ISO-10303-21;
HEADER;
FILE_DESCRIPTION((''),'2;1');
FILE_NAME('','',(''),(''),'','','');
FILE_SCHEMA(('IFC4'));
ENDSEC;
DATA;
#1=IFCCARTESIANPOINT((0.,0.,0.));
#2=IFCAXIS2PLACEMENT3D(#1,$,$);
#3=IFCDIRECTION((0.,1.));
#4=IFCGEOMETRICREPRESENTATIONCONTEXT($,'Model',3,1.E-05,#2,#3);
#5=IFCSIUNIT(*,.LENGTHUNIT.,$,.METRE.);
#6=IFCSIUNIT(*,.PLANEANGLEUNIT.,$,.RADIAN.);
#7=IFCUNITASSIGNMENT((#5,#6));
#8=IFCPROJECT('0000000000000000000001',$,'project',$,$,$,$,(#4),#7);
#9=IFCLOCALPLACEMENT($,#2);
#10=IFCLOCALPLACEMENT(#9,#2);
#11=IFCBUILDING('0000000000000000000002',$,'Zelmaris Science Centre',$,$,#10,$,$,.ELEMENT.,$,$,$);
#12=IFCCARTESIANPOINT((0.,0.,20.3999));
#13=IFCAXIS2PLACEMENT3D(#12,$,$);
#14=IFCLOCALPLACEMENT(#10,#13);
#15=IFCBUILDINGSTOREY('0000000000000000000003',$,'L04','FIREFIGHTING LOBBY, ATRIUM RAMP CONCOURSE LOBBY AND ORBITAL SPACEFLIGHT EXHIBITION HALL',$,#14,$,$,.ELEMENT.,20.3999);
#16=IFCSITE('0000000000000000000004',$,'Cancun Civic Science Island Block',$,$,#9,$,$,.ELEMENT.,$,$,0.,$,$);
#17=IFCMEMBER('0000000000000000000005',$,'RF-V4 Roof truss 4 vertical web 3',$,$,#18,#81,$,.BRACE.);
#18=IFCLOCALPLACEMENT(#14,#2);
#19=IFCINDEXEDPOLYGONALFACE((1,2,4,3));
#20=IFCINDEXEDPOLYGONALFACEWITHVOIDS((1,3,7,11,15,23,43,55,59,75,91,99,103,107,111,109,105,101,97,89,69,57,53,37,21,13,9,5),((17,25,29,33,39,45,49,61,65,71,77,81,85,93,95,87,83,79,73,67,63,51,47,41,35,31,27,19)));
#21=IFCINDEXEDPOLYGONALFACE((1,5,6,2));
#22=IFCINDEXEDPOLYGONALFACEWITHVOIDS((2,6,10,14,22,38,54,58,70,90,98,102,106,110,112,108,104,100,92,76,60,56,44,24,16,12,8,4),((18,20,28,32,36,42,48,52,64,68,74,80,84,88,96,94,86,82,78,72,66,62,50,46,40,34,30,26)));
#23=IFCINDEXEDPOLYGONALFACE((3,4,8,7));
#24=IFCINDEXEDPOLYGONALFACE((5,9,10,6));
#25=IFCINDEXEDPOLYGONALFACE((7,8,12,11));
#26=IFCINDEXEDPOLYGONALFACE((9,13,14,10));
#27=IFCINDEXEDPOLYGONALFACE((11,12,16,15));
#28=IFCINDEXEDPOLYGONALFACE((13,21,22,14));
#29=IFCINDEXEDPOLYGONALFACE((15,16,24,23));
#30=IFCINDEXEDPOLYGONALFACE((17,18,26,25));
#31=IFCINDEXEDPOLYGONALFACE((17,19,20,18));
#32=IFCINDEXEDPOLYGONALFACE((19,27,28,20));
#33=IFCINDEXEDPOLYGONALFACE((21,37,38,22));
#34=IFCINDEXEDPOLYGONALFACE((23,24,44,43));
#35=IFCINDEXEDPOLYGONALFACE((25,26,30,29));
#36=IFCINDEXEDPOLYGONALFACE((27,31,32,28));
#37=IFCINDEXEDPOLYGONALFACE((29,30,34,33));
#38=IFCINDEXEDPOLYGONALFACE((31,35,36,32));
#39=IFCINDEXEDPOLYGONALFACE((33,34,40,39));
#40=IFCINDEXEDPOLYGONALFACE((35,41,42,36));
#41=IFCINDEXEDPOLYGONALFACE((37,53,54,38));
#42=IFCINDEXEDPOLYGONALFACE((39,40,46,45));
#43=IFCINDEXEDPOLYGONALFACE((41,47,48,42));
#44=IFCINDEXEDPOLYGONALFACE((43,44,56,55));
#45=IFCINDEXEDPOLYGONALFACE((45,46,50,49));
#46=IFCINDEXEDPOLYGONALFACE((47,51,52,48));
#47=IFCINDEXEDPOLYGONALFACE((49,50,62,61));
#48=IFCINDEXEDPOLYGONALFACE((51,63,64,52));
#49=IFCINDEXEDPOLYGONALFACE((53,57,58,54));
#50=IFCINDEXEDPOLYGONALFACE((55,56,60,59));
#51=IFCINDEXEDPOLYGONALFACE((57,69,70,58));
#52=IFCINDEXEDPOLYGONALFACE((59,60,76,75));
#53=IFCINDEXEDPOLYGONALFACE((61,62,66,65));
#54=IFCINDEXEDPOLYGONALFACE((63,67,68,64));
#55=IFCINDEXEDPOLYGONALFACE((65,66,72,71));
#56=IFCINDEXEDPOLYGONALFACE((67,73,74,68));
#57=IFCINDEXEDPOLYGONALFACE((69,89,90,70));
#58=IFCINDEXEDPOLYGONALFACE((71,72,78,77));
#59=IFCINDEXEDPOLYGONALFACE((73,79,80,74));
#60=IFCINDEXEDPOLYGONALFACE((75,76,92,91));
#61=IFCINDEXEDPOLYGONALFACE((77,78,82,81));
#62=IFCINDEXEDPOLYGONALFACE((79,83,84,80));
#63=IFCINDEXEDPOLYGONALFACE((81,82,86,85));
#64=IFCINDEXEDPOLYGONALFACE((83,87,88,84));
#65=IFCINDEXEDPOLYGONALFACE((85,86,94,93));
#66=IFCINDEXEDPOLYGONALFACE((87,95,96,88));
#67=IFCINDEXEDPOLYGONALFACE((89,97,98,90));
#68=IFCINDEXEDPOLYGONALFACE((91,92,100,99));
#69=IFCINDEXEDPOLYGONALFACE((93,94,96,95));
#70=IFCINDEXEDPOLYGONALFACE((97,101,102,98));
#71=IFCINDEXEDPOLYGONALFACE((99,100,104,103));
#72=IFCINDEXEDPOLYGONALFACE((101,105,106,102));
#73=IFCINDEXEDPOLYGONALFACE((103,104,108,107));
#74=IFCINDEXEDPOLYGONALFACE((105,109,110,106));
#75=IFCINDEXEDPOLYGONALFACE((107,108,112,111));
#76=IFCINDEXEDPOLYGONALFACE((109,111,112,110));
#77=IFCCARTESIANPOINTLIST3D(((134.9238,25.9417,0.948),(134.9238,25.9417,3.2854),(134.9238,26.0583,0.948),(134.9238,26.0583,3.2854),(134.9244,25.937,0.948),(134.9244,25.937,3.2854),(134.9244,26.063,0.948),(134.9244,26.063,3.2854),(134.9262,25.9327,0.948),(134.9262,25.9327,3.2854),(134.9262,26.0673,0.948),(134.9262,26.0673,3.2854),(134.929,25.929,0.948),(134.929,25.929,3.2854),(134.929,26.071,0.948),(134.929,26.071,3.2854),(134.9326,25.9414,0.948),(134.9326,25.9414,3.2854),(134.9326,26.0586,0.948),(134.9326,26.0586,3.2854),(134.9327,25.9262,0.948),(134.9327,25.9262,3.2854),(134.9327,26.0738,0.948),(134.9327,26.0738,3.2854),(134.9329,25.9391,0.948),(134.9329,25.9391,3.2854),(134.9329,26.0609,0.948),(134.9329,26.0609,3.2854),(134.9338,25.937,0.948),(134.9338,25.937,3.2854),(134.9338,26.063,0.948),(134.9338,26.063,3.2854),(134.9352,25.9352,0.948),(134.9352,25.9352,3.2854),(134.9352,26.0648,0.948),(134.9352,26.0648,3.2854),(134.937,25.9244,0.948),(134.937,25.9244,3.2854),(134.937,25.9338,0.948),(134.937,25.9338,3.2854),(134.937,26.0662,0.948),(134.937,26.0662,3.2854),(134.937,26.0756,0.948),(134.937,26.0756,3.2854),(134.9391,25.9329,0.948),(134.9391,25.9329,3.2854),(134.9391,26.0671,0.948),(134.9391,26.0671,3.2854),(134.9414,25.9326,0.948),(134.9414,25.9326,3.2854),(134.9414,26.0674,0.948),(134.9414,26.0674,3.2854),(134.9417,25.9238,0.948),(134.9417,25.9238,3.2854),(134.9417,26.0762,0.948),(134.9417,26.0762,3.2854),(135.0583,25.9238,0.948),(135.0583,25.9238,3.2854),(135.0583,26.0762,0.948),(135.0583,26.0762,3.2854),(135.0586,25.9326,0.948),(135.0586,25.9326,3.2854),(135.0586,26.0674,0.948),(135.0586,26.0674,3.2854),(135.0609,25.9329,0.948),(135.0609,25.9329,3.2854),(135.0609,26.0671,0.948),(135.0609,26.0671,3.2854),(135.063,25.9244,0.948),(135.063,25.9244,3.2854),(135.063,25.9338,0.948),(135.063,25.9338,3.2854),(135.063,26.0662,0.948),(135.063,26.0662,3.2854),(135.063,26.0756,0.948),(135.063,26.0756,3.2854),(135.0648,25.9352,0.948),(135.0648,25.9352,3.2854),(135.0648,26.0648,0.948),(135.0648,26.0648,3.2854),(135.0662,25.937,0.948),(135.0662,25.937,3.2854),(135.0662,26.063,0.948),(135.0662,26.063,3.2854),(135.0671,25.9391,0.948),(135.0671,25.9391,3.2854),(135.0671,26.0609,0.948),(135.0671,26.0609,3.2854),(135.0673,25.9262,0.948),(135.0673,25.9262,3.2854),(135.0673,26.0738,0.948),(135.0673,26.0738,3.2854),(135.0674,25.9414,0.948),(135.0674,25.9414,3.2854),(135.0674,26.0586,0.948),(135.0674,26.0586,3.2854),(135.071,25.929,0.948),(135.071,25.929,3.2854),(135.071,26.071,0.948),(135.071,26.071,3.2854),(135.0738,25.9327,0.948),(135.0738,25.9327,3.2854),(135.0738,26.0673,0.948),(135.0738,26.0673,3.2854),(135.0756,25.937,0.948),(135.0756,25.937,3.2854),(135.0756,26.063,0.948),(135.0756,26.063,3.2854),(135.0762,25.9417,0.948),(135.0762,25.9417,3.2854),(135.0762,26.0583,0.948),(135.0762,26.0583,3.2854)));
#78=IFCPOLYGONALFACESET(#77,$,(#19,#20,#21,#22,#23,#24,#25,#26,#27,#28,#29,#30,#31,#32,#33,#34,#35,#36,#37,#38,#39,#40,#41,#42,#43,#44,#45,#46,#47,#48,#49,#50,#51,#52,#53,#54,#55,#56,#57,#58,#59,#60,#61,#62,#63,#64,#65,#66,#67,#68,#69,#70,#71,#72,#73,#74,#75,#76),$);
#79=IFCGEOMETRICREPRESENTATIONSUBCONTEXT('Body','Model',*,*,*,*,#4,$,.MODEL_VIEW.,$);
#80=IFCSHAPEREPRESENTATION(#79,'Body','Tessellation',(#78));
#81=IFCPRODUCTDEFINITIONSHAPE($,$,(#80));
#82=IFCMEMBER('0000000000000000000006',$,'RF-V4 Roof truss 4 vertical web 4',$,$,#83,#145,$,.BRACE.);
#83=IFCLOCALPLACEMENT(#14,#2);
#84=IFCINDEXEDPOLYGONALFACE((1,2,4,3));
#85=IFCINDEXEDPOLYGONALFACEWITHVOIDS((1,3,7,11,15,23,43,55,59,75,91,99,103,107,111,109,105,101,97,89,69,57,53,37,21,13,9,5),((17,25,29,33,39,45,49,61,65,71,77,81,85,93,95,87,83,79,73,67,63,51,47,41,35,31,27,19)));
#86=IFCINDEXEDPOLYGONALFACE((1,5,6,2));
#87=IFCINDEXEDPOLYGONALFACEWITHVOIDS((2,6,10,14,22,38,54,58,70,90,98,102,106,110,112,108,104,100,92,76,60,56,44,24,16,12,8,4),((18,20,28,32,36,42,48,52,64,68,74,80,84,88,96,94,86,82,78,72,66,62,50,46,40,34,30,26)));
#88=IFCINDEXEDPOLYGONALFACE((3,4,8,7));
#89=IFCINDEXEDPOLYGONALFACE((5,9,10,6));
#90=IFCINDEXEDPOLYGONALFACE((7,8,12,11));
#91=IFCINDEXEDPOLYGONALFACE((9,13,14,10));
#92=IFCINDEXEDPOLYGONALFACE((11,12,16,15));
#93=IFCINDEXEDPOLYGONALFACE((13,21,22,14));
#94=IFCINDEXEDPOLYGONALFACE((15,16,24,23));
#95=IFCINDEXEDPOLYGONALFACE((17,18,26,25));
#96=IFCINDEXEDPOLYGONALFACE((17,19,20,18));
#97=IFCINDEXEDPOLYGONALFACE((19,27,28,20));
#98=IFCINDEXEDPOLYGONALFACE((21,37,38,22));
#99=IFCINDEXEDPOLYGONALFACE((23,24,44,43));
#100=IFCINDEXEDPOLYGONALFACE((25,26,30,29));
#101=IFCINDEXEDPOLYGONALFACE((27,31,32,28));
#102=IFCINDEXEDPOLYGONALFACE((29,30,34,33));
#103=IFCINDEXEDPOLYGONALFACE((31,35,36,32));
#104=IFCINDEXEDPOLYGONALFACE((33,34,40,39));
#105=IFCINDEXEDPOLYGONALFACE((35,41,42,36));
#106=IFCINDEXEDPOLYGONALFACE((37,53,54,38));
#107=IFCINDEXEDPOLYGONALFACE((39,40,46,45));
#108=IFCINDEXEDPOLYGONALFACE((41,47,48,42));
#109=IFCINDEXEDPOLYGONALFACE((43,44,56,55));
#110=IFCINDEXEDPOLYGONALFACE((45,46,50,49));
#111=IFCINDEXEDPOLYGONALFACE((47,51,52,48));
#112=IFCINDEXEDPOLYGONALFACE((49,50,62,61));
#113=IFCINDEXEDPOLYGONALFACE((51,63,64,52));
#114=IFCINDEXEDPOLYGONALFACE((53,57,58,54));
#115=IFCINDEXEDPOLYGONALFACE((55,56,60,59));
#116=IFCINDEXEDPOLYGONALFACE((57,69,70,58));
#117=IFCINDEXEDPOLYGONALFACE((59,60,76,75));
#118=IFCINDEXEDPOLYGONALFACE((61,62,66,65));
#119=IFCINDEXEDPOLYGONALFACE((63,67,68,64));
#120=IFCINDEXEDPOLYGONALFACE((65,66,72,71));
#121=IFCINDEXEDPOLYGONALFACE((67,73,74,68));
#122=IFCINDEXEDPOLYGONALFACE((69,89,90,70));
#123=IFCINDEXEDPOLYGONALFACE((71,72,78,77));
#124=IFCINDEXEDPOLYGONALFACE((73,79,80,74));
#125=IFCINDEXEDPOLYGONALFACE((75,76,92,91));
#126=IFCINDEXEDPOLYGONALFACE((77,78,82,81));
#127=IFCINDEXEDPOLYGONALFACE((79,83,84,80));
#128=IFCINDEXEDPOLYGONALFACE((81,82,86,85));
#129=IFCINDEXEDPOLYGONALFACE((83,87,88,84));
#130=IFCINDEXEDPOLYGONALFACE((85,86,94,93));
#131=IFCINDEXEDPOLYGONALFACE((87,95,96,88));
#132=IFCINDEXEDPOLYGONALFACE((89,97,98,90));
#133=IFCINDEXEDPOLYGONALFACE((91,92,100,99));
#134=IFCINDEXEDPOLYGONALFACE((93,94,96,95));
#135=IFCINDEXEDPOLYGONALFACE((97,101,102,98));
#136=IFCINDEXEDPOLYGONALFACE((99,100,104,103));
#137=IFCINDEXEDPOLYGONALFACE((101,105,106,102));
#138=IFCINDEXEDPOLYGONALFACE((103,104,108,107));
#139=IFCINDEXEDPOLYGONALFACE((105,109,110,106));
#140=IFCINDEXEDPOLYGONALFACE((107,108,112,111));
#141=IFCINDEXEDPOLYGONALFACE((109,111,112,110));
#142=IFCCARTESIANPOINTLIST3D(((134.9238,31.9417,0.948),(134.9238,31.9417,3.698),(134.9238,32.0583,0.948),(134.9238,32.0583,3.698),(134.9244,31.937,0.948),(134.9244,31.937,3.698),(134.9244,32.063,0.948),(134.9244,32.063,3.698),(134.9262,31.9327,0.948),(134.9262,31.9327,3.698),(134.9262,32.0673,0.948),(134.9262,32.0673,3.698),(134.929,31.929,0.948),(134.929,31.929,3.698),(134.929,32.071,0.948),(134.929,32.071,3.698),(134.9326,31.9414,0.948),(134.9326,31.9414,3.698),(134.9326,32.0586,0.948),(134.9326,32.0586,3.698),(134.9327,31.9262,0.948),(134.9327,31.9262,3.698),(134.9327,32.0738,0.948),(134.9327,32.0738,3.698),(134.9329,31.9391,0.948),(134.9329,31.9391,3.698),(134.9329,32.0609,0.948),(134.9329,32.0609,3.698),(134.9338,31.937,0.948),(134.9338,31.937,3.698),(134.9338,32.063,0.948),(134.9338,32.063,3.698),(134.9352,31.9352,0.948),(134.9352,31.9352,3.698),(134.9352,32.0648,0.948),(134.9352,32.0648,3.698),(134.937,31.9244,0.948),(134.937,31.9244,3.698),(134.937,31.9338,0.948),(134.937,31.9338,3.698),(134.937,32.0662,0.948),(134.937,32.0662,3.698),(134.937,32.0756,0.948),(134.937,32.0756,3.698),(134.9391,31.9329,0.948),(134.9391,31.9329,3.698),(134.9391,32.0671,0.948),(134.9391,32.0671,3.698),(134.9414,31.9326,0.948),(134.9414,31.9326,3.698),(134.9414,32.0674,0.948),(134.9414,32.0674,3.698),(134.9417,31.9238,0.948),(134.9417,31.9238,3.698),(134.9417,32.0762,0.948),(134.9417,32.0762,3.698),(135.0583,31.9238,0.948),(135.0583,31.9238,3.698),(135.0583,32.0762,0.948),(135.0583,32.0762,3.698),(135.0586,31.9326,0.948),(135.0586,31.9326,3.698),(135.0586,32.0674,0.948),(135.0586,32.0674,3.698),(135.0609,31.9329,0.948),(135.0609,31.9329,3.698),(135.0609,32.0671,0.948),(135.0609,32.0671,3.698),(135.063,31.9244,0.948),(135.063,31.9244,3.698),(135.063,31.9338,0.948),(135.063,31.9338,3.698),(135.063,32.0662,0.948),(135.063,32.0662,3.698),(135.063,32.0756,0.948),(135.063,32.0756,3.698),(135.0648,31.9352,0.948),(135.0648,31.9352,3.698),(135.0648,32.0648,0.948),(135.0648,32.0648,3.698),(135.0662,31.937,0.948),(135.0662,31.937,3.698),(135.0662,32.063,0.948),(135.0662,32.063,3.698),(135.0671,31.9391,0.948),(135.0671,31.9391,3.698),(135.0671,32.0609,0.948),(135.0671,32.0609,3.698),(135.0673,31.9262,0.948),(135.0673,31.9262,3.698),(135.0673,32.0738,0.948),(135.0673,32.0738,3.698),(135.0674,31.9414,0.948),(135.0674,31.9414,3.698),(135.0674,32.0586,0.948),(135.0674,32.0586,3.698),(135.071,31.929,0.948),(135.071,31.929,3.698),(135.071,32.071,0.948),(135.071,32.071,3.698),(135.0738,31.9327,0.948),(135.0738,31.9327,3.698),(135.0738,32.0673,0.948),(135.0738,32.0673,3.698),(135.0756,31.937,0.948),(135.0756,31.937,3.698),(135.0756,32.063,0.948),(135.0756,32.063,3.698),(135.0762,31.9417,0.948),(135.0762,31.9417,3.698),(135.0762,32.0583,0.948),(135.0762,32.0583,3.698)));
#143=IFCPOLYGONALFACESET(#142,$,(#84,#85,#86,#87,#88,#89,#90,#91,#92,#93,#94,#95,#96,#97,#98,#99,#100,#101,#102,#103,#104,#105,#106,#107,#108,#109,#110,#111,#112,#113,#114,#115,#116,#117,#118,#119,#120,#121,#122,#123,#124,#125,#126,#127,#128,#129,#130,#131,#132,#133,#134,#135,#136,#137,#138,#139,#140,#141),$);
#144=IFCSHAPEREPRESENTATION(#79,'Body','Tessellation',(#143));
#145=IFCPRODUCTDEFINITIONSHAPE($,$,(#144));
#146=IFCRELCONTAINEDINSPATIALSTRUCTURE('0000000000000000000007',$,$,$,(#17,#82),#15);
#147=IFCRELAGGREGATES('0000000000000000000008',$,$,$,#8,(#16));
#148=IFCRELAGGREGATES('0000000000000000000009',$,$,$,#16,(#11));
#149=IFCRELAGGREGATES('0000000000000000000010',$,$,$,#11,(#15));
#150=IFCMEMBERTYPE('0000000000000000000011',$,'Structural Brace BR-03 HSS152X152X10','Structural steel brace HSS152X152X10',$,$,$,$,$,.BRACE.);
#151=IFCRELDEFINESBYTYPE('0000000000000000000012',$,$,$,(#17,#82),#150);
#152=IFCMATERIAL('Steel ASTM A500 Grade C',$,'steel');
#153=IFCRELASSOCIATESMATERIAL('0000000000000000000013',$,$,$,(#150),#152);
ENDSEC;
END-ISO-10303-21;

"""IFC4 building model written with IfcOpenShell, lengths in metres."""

from ifc_helpers import new_model, si_unit, direction, frame, origin, origin_2d, place, context, subcontext, project, spatial, hollow_rectangle, extrude, material, material_profile, profile_set, type_object, element, save


model = new_model("IFC4")

# Units and contexts
model_context = context("Model", 3, precision=1e-05, world=origin(), true_north=direction((0.0, 1.0)))
body_context = subcontext(model_context, "Body", "Model", "MODEL_VIEW")
ifc_project = project(units=[si_unit("LENGTHUNIT", "METRE"), si_unit("PLANEANGLEUNIT", "RADIAN")], contexts=[model_context])

# Site, building, storey
site_placement = place(None, origin())
site = spatial("IfcSite", under=ifc_project, at=site_placement, Name="Cancun Civic Science Island Block", CompositionType="ELEMENT", RefElevation=0.0)
building_placement = place(site_placement, origin())
building = spatial("IfcBuilding", under=site, at=building_placement, Name="Zelmaris Science Centre", CompositionType="ELEMENT")
storey_placement = place(building_placement, frame((0.0, 0.0, 20.3999)))
storey = spatial("IfcBuildingStorey", under=building, at=storey_placement, Name="L04", Description="FIREFIGHTING LOBBY, ATRIUM RAMP CONCOURSE LOBBY AND ORBITAL SPACEFLIGHT EXHIBITION HALL", CompositionType="ELEMENT", Elevation=20.3999)

# Shared definitions
ifc_material = material(Name="Steel ASTM A500 Grade C", Category="steel")

# Members
ifc_material_profile_1 = material_profile(ifc_material, hollow_rectangle(XDim=0.1523, YDim=0.1523, WallThickness=0.0088, InnerFilletRadius=0.0088, OuterFilletRadius=0.0178, at=origin_2d()), Name="HSS152X152X10")
ifc_profile_set_1 = profile_set([ifc_material_profile_1], Name="Steel ASTM A500 Grade C")
member_type_1 = type_object("IfcMemberType", Name="Structural Brace BR-03 HSS152X152X10", Description="Structural steel brace HSS152X152X10", PredefinedType="BRACE", material=ifc_profile_set_1)
member_1_placement = place(storey_placement, frame((135.0, 26.0, 0.948), z_axis=(0.0, 0.0, 1.0), x_axis=(1.0, 0.0, 0.0)))
element("IfcMember", 1, at=member_1_placement, inside=storey, type_object=member_type_1, Name="RF-V4 Roof truss 4 vertical web 3", PredefinedType="BRACE", context=body_context, shape_type="SweptSolid", body=[
    extrude(hollow_rectangle(XDim=0.1523, YDim=0.1523, WallThickness=0.0088, InnerFilletRadius=0.0088, OuterFilletRadius=0.0178, at=origin_2d()), origin(), (0.0, 0.0, 1.0), 2.3374),
])
member_2_placement = place(storey_placement, frame((135.0, 32.0, 0.948), z_axis=(0.0, 0.0, 1.0), x_axis=(1.0, 0.0, 0.0)))
element("IfcMember", 2, at=member_2_placement, inside=storey, type_object=member_type_1, Name="RF-V4 Roof truss 4 vertical web 4", PredefinedType="BRACE", context=body_context, shape_type="SweptSolid", body=[
    extrude(hollow_rectangle(XDim=0.1523, YDim=0.1523, WallThickness=0.0088, InnerFilletRadius=0.0088, OuterFilletRadius=0.0178, at=origin_2d()), origin(), (0.0, 0.0, 1.0), 2.75),
])

save(model, "model.ifc")
